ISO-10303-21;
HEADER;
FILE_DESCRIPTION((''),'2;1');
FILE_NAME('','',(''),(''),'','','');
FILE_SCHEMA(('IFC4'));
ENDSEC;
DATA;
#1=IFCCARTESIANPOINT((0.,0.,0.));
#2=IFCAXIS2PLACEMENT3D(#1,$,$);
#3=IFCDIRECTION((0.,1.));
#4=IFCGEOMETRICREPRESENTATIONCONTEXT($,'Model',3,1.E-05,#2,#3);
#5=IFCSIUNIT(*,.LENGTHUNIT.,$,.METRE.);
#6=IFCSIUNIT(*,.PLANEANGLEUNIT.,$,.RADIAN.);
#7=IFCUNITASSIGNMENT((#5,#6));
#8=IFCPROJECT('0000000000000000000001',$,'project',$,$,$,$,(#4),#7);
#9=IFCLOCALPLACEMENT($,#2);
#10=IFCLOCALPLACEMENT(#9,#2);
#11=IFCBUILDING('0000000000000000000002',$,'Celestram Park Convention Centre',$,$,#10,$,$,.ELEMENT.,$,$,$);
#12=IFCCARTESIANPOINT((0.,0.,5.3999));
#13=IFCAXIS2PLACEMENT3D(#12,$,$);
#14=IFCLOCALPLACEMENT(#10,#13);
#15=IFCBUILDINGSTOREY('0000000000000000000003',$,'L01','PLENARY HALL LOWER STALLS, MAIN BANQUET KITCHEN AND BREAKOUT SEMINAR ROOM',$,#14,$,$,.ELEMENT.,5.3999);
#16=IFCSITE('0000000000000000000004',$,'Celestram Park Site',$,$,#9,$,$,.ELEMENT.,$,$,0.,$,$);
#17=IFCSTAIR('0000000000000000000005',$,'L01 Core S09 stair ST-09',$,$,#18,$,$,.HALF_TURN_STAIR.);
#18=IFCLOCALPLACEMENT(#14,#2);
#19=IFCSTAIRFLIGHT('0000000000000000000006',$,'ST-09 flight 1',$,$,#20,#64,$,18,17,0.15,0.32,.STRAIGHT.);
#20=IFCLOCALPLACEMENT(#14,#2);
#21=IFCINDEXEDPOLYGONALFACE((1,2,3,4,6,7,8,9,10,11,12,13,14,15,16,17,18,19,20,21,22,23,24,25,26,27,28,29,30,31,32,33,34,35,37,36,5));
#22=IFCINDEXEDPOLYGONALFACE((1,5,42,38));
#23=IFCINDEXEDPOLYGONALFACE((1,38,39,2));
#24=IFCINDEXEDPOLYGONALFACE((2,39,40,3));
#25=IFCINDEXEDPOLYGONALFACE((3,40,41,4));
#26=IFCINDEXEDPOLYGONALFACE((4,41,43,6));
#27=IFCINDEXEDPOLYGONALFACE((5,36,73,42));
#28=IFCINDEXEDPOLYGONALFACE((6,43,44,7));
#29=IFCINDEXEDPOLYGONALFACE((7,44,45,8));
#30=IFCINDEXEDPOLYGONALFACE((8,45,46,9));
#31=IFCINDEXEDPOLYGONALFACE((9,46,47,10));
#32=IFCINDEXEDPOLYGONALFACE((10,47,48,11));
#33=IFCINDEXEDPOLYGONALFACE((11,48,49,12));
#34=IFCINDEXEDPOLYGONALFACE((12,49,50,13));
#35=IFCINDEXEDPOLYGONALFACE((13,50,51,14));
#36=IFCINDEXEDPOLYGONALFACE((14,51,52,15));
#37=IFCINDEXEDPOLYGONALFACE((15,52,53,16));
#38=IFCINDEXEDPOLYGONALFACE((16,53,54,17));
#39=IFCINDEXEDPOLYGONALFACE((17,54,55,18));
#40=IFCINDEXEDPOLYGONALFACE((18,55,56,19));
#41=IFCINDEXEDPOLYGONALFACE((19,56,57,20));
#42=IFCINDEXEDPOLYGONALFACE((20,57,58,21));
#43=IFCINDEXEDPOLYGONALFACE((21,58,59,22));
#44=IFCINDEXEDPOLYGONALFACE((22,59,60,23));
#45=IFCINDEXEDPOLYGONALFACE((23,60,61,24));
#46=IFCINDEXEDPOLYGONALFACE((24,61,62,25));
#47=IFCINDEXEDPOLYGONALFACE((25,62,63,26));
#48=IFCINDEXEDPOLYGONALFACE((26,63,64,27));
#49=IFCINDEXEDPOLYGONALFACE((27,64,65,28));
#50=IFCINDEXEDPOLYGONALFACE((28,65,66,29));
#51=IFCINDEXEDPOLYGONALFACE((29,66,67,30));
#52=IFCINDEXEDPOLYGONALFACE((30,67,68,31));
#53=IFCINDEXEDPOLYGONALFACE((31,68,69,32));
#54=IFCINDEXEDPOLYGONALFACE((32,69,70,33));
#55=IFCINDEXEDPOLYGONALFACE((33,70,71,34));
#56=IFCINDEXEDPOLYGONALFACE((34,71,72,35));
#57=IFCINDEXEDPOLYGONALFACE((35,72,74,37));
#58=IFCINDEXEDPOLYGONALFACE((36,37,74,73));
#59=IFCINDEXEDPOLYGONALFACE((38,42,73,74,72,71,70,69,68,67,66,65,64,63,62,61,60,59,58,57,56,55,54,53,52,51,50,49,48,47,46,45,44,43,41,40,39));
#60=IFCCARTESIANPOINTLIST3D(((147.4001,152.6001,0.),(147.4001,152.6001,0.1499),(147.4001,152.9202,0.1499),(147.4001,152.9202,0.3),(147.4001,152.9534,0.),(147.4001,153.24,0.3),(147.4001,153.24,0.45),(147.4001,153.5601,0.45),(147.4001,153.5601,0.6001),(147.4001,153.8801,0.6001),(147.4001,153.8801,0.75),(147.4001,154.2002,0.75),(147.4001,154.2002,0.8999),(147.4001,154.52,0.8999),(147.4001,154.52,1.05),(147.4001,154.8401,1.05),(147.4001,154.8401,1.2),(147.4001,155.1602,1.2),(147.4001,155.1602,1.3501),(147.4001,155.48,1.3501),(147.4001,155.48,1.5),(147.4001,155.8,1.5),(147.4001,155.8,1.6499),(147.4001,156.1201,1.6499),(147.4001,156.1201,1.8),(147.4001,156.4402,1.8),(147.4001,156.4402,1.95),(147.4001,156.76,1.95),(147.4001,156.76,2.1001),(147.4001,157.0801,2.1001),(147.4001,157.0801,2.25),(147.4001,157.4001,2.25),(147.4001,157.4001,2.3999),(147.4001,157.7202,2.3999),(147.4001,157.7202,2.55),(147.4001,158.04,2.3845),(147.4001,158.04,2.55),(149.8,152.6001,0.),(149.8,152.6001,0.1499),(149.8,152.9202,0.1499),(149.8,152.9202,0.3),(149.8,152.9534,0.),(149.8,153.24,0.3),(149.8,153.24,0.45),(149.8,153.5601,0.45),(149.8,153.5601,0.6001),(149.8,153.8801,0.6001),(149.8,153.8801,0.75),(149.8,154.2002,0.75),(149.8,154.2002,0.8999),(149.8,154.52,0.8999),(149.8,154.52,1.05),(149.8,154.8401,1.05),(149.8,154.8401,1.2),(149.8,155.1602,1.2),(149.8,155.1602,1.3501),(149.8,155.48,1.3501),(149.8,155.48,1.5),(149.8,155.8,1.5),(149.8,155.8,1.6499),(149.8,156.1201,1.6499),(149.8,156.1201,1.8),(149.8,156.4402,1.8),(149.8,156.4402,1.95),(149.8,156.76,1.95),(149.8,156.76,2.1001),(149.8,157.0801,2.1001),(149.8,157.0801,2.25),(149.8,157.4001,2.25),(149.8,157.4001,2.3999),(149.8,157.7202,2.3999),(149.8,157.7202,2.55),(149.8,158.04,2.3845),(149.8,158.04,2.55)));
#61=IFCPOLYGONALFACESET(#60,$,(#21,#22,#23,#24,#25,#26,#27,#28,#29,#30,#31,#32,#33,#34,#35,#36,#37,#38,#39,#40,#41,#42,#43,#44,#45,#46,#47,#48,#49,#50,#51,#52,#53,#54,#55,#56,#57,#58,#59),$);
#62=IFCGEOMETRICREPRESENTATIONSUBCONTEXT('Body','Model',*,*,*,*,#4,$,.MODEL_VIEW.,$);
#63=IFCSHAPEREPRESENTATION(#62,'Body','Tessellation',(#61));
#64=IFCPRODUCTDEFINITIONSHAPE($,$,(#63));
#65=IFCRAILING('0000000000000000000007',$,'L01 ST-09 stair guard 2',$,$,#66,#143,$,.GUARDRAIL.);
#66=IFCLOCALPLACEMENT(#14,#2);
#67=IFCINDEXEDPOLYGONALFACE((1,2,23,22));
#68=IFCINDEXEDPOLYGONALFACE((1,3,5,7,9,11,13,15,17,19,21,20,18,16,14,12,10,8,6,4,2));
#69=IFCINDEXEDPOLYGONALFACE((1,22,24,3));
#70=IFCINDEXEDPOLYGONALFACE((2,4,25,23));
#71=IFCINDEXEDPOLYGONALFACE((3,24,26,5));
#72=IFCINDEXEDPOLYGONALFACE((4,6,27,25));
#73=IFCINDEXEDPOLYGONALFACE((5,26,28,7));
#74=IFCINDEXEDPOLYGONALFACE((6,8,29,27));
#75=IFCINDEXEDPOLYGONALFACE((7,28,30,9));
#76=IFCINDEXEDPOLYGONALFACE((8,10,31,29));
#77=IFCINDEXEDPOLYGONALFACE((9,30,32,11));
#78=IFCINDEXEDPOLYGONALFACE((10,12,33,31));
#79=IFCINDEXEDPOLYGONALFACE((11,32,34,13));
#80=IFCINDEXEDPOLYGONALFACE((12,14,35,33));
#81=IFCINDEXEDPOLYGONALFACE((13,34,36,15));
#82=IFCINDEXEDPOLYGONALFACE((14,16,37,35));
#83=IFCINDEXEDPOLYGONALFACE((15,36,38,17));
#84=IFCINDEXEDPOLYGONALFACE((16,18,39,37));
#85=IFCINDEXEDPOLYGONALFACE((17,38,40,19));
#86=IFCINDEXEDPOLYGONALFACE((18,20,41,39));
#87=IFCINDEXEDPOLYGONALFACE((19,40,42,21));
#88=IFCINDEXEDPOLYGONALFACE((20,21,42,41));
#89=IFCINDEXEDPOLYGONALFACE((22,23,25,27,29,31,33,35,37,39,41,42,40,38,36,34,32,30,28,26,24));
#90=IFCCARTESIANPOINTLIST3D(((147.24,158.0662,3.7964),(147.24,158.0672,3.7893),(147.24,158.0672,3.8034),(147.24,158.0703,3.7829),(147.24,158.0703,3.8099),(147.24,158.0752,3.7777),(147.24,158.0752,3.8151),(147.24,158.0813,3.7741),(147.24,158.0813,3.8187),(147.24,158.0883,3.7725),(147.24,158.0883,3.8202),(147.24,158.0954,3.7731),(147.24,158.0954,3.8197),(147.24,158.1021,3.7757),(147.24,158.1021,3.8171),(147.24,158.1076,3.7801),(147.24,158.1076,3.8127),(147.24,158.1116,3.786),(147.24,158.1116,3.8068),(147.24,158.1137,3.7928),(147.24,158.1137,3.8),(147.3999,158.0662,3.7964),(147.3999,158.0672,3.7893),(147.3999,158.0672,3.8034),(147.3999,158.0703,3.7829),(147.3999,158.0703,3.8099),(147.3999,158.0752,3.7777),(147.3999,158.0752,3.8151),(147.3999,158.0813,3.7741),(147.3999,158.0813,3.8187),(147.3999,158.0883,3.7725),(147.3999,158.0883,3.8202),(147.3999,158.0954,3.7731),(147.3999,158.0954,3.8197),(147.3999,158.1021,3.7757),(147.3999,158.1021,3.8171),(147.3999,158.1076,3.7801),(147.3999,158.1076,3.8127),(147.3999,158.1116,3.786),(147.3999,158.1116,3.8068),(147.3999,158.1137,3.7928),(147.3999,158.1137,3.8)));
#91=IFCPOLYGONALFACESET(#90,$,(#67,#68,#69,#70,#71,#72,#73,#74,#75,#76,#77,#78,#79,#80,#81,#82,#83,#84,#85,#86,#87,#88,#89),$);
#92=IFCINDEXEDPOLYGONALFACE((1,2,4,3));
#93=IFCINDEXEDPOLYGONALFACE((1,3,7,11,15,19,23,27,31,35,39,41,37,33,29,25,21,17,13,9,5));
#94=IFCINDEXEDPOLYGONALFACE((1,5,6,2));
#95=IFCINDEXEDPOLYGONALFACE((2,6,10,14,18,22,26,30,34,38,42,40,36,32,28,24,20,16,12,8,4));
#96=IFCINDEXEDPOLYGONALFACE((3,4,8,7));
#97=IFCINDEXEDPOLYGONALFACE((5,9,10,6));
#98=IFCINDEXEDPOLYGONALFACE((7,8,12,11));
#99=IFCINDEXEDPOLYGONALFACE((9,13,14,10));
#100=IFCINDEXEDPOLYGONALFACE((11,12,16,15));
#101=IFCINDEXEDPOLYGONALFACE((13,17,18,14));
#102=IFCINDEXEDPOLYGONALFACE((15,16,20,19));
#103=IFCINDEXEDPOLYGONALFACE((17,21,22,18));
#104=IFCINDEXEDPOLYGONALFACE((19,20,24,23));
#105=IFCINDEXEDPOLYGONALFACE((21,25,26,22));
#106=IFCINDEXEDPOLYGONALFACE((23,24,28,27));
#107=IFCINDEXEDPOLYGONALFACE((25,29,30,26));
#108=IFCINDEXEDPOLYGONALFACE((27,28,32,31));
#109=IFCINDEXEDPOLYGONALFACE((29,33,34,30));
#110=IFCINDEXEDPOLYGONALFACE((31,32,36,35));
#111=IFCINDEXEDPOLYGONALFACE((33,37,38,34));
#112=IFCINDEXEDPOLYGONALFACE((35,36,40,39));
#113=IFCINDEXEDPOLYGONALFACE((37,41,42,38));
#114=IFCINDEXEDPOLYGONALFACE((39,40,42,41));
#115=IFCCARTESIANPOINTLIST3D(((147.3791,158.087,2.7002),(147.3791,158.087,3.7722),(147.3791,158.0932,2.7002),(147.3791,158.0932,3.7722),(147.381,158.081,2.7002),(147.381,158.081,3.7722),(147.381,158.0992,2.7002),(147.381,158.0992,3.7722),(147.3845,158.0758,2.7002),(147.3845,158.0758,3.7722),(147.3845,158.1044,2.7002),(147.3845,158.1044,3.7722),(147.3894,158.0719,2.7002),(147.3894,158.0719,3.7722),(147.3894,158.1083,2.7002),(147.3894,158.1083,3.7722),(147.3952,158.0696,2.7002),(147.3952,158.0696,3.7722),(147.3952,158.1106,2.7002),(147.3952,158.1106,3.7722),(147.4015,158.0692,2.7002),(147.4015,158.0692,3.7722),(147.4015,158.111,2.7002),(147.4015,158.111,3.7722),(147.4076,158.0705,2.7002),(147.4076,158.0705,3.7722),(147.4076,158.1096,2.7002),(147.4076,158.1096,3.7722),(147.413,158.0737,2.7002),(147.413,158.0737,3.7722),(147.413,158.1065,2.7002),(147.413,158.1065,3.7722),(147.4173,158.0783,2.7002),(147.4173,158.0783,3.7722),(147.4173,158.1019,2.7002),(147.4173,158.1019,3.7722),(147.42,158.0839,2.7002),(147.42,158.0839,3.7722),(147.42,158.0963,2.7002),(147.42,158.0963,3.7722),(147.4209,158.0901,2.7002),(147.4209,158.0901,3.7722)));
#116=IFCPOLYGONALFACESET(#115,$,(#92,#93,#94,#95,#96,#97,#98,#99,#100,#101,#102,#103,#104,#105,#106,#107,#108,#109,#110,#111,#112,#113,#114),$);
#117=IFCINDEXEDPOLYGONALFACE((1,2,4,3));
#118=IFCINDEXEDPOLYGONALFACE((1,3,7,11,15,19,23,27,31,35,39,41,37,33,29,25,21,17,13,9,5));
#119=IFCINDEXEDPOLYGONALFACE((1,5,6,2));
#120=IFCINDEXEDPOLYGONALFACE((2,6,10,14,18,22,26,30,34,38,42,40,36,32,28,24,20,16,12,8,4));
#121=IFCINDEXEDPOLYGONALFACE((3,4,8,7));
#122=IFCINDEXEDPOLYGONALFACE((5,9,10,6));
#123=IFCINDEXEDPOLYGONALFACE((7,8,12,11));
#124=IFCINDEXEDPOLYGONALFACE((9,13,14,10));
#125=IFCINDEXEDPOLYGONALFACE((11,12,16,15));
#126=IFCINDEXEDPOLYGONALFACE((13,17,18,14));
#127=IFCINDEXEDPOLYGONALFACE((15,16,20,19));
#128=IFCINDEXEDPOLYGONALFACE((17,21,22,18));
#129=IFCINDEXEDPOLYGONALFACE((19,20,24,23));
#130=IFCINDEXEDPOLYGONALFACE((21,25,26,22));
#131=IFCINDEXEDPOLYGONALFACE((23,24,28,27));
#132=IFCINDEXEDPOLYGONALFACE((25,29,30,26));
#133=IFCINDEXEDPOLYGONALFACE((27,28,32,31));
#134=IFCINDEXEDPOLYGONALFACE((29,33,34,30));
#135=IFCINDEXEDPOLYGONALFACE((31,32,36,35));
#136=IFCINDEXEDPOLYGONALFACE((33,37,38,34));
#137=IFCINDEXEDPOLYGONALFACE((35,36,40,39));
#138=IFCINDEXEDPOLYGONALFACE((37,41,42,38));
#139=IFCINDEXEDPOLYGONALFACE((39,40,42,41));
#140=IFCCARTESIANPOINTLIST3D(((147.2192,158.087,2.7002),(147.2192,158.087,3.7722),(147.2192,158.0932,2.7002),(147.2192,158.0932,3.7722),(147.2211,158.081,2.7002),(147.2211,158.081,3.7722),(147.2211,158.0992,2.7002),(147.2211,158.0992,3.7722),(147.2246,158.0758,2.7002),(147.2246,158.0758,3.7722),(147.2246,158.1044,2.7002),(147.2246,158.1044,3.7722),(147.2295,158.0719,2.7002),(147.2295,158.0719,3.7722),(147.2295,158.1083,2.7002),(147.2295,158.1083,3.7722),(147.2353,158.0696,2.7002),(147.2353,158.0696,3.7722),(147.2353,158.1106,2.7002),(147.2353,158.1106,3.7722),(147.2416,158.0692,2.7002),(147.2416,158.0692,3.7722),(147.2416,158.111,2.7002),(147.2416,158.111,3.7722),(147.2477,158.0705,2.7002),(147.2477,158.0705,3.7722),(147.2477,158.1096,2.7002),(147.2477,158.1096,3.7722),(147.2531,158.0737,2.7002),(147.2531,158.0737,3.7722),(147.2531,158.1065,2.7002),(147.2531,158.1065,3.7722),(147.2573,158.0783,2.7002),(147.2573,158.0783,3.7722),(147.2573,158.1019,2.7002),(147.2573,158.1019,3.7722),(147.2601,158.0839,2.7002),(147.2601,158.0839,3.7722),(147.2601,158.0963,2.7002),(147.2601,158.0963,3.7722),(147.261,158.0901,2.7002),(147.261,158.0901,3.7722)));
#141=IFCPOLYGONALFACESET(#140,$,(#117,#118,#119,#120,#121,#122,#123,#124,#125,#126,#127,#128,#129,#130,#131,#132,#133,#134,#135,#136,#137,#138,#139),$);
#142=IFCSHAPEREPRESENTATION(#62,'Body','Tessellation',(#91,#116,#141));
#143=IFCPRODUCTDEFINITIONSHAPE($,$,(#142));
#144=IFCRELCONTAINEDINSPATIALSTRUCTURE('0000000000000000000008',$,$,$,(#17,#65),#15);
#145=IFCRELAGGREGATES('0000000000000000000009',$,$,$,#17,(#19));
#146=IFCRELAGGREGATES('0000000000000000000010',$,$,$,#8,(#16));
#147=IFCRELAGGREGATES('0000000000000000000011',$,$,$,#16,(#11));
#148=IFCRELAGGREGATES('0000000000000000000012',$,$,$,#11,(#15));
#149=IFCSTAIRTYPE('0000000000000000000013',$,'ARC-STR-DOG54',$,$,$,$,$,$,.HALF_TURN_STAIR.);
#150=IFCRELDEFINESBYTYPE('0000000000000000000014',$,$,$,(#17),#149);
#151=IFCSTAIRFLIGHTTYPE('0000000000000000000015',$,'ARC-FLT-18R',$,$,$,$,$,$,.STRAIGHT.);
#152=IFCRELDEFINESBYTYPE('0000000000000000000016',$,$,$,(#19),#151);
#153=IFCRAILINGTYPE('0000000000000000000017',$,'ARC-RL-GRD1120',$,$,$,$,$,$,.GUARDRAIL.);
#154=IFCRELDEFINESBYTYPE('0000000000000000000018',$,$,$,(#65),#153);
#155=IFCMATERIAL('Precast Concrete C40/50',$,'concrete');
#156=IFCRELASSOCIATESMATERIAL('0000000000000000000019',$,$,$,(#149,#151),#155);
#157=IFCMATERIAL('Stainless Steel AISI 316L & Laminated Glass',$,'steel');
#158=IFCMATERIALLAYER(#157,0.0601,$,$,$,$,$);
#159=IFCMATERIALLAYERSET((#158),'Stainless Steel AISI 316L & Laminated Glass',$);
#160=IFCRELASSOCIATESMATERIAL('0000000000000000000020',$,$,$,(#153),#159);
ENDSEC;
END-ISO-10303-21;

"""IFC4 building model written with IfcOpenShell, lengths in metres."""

from ifc_helpers import new_model, si_unit, direction, frame, origin, origin_2d, place, context, subcontext, project, spatial, polyline, circle, outline, extrude, material, layer, layer_set, type_object, element, aggregate, save


model = new_model("IFC4")

# Units and contexts
model_context = context("Model", 3, precision=1e-05, world=origin(), true_north=direction((0.0, 1.0)))
body_context = subcontext(model_context, "Body", "Model", "MODEL_VIEW")
ifc_project = project(units=[si_unit("LENGTHUNIT", "METRE"), si_unit("PLANEANGLEUNIT", "RADIAN")], contexts=[model_context])

# Site, building, storey
site_placement = place(None, origin())
site = spatial("IfcSite", under=ifc_project, at=site_placement, Name="Celestram Park Site", CompositionType="ELEMENT", RefElevation=0.0)
building_placement = place(site_placement, origin())
building = spatial("IfcBuilding", under=site, at=building_placement, Name="Celestram Park Convention Centre", CompositionType="ELEMENT")
storey_placement = place(building_placement, frame((0.0, 0.0, 5.3999)))
storey = spatial("IfcBuildingStorey", under=building, at=storey_placement, Name="L01", Description="PLENARY HALL LOWER STALLS, MAIN BANQUET KITCHEN AND BREAKOUT SEMINAR ROOM", CompositionType="ELEMENT", Elevation=5.3999)

# Stair, stair flight
ifc_material_1 = material(Name="Precast Concrete C40/50", Category="concrete")
stair_type = type_object("IfcStairType", Name="ARC-STR-DOG54", PredefinedType="HALF_TURN_STAIR", material=ifc_material_1)
stair_placement = place(storey_placement, origin())
stair = element("IfcStair", 1, at=stair_placement, inside=storey, type_object=stair_type, Name="L01 Core S09 stair ST-09", PredefinedType="HALF_TURN_STAIR")
stair_flight_type = type_object("IfcStairFlightType", Name="ARC-FLT-18R", PredefinedType="STRAIGHT", material=ifc_material_1)
stair_flight_placement = place(storey_placement, frame((148.6001, 152.6001, 0.0), z_axis=(0.0, 0.0, 1.0), x_axis=(0.0, 1.0, 0.0)))
stair_flight = element("IfcStairFlight", 2, at=stair_flight_placement, type_object=stair_flight_type, Name="ST-09 flight 1", NumberOfRisers=18, NumberOfTreads=17, PredefinedType="STRAIGHT", RiserHeight=0.15, TreadLength=0.32, context=body_context, shape_type="SweptSolid", body=[
    extrude(outline(polyline([(0.0, 0.0), (0.0, 0.1499), (0.3201, 0.1499), (0.3201, 0.3), (0.6399, 0.3), (0.6399, 0.45), (0.96, 0.45), (0.96, 0.6001), (1.28, 0.6001), (1.28, 0.75), (1.6001, 0.75), (1.6001, 0.8999), (1.9199, 0.8999), (1.9199, 1.05), (2.24, 1.05), (2.24, 1.2), (2.5601, 1.2), (2.5601, 1.3501), (2.8799, 1.3501), (2.8799, 1.5), (3.2, 1.5), (3.2, 1.6499), (3.52, 1.6499), (3.52, 1.8), (3.8401, 1.8), (3.8401, 1.95), (4.1599, 1.95), (4.1599, 2.1001), (4.48, 2.1001), (4.48, 2.25), (4.8, 2.25), (4.8, 2.3999), (5.1201, 2.3999), (5.1201, 2.55), (5.4399, 2.55), (5.4399, 2.7), (5.4399, 2.3845), (0.3533, 0.0), (0.0, 0.0)])), frame((0.0, 1.2, 0.0), z_axis=(0.0, -1.0, 0.0), x_axis=(1.0, 0.0, 0.0)), (0.0, 0.0, 1.0), 2.3999),
])
aggregate(stair, [stair_flight])

# Railing
ifc_material_2 = material(Name="Stainless Steel AISI 316L & Laminated Glass", Category="steel")
ifc_layer_1 = layer(ifc_material_2, 0.0601)
ifc_layer_set_1 = layer_set([ifc_layer_1], Name="Stainless Steel AISI 316L & Laminated Glass")
railing_type_1 = type_object("IfcRailingType", Name="ARC-RL-GRD1120", PredefinedType="GUARDRAIL", material=ifc_layer_set_1)
for number, where, name in (
    (3, (147.3999, 158.0901, 2.7002), "L01 ST-09 stair guard 2"),
):
    element("IfcRailing", number, at=place(storey_placement, frame(where)), inside=storey, type_object=railing_type_1, Name=name, PredefinedType="GUARDRAIL", context=body_context, shape_type="SweptSolid", body=[
        extrude(circle(Radius=0.0239, at=origin_2d()), frame((0.0, 0.0, 1.0962), z_axis=(-1.0, 0.0, 0.0), x_axis=(0.0, -1.0, 0.0)), (0.0, 0.0, 1.0), 0.1599),
        extrude(circle(Radius=0.021, at=origin_2d()), origin(), (0.0, 0.0, 1.0), 1.072),
        extrude(circle(Radius=0.021, at=origin_2d()), frame((-0.1599, 0.0, 0.0)), (0.0, 0.0, 1.0), 1.072),
    ])

save(model, "model.ifc")
